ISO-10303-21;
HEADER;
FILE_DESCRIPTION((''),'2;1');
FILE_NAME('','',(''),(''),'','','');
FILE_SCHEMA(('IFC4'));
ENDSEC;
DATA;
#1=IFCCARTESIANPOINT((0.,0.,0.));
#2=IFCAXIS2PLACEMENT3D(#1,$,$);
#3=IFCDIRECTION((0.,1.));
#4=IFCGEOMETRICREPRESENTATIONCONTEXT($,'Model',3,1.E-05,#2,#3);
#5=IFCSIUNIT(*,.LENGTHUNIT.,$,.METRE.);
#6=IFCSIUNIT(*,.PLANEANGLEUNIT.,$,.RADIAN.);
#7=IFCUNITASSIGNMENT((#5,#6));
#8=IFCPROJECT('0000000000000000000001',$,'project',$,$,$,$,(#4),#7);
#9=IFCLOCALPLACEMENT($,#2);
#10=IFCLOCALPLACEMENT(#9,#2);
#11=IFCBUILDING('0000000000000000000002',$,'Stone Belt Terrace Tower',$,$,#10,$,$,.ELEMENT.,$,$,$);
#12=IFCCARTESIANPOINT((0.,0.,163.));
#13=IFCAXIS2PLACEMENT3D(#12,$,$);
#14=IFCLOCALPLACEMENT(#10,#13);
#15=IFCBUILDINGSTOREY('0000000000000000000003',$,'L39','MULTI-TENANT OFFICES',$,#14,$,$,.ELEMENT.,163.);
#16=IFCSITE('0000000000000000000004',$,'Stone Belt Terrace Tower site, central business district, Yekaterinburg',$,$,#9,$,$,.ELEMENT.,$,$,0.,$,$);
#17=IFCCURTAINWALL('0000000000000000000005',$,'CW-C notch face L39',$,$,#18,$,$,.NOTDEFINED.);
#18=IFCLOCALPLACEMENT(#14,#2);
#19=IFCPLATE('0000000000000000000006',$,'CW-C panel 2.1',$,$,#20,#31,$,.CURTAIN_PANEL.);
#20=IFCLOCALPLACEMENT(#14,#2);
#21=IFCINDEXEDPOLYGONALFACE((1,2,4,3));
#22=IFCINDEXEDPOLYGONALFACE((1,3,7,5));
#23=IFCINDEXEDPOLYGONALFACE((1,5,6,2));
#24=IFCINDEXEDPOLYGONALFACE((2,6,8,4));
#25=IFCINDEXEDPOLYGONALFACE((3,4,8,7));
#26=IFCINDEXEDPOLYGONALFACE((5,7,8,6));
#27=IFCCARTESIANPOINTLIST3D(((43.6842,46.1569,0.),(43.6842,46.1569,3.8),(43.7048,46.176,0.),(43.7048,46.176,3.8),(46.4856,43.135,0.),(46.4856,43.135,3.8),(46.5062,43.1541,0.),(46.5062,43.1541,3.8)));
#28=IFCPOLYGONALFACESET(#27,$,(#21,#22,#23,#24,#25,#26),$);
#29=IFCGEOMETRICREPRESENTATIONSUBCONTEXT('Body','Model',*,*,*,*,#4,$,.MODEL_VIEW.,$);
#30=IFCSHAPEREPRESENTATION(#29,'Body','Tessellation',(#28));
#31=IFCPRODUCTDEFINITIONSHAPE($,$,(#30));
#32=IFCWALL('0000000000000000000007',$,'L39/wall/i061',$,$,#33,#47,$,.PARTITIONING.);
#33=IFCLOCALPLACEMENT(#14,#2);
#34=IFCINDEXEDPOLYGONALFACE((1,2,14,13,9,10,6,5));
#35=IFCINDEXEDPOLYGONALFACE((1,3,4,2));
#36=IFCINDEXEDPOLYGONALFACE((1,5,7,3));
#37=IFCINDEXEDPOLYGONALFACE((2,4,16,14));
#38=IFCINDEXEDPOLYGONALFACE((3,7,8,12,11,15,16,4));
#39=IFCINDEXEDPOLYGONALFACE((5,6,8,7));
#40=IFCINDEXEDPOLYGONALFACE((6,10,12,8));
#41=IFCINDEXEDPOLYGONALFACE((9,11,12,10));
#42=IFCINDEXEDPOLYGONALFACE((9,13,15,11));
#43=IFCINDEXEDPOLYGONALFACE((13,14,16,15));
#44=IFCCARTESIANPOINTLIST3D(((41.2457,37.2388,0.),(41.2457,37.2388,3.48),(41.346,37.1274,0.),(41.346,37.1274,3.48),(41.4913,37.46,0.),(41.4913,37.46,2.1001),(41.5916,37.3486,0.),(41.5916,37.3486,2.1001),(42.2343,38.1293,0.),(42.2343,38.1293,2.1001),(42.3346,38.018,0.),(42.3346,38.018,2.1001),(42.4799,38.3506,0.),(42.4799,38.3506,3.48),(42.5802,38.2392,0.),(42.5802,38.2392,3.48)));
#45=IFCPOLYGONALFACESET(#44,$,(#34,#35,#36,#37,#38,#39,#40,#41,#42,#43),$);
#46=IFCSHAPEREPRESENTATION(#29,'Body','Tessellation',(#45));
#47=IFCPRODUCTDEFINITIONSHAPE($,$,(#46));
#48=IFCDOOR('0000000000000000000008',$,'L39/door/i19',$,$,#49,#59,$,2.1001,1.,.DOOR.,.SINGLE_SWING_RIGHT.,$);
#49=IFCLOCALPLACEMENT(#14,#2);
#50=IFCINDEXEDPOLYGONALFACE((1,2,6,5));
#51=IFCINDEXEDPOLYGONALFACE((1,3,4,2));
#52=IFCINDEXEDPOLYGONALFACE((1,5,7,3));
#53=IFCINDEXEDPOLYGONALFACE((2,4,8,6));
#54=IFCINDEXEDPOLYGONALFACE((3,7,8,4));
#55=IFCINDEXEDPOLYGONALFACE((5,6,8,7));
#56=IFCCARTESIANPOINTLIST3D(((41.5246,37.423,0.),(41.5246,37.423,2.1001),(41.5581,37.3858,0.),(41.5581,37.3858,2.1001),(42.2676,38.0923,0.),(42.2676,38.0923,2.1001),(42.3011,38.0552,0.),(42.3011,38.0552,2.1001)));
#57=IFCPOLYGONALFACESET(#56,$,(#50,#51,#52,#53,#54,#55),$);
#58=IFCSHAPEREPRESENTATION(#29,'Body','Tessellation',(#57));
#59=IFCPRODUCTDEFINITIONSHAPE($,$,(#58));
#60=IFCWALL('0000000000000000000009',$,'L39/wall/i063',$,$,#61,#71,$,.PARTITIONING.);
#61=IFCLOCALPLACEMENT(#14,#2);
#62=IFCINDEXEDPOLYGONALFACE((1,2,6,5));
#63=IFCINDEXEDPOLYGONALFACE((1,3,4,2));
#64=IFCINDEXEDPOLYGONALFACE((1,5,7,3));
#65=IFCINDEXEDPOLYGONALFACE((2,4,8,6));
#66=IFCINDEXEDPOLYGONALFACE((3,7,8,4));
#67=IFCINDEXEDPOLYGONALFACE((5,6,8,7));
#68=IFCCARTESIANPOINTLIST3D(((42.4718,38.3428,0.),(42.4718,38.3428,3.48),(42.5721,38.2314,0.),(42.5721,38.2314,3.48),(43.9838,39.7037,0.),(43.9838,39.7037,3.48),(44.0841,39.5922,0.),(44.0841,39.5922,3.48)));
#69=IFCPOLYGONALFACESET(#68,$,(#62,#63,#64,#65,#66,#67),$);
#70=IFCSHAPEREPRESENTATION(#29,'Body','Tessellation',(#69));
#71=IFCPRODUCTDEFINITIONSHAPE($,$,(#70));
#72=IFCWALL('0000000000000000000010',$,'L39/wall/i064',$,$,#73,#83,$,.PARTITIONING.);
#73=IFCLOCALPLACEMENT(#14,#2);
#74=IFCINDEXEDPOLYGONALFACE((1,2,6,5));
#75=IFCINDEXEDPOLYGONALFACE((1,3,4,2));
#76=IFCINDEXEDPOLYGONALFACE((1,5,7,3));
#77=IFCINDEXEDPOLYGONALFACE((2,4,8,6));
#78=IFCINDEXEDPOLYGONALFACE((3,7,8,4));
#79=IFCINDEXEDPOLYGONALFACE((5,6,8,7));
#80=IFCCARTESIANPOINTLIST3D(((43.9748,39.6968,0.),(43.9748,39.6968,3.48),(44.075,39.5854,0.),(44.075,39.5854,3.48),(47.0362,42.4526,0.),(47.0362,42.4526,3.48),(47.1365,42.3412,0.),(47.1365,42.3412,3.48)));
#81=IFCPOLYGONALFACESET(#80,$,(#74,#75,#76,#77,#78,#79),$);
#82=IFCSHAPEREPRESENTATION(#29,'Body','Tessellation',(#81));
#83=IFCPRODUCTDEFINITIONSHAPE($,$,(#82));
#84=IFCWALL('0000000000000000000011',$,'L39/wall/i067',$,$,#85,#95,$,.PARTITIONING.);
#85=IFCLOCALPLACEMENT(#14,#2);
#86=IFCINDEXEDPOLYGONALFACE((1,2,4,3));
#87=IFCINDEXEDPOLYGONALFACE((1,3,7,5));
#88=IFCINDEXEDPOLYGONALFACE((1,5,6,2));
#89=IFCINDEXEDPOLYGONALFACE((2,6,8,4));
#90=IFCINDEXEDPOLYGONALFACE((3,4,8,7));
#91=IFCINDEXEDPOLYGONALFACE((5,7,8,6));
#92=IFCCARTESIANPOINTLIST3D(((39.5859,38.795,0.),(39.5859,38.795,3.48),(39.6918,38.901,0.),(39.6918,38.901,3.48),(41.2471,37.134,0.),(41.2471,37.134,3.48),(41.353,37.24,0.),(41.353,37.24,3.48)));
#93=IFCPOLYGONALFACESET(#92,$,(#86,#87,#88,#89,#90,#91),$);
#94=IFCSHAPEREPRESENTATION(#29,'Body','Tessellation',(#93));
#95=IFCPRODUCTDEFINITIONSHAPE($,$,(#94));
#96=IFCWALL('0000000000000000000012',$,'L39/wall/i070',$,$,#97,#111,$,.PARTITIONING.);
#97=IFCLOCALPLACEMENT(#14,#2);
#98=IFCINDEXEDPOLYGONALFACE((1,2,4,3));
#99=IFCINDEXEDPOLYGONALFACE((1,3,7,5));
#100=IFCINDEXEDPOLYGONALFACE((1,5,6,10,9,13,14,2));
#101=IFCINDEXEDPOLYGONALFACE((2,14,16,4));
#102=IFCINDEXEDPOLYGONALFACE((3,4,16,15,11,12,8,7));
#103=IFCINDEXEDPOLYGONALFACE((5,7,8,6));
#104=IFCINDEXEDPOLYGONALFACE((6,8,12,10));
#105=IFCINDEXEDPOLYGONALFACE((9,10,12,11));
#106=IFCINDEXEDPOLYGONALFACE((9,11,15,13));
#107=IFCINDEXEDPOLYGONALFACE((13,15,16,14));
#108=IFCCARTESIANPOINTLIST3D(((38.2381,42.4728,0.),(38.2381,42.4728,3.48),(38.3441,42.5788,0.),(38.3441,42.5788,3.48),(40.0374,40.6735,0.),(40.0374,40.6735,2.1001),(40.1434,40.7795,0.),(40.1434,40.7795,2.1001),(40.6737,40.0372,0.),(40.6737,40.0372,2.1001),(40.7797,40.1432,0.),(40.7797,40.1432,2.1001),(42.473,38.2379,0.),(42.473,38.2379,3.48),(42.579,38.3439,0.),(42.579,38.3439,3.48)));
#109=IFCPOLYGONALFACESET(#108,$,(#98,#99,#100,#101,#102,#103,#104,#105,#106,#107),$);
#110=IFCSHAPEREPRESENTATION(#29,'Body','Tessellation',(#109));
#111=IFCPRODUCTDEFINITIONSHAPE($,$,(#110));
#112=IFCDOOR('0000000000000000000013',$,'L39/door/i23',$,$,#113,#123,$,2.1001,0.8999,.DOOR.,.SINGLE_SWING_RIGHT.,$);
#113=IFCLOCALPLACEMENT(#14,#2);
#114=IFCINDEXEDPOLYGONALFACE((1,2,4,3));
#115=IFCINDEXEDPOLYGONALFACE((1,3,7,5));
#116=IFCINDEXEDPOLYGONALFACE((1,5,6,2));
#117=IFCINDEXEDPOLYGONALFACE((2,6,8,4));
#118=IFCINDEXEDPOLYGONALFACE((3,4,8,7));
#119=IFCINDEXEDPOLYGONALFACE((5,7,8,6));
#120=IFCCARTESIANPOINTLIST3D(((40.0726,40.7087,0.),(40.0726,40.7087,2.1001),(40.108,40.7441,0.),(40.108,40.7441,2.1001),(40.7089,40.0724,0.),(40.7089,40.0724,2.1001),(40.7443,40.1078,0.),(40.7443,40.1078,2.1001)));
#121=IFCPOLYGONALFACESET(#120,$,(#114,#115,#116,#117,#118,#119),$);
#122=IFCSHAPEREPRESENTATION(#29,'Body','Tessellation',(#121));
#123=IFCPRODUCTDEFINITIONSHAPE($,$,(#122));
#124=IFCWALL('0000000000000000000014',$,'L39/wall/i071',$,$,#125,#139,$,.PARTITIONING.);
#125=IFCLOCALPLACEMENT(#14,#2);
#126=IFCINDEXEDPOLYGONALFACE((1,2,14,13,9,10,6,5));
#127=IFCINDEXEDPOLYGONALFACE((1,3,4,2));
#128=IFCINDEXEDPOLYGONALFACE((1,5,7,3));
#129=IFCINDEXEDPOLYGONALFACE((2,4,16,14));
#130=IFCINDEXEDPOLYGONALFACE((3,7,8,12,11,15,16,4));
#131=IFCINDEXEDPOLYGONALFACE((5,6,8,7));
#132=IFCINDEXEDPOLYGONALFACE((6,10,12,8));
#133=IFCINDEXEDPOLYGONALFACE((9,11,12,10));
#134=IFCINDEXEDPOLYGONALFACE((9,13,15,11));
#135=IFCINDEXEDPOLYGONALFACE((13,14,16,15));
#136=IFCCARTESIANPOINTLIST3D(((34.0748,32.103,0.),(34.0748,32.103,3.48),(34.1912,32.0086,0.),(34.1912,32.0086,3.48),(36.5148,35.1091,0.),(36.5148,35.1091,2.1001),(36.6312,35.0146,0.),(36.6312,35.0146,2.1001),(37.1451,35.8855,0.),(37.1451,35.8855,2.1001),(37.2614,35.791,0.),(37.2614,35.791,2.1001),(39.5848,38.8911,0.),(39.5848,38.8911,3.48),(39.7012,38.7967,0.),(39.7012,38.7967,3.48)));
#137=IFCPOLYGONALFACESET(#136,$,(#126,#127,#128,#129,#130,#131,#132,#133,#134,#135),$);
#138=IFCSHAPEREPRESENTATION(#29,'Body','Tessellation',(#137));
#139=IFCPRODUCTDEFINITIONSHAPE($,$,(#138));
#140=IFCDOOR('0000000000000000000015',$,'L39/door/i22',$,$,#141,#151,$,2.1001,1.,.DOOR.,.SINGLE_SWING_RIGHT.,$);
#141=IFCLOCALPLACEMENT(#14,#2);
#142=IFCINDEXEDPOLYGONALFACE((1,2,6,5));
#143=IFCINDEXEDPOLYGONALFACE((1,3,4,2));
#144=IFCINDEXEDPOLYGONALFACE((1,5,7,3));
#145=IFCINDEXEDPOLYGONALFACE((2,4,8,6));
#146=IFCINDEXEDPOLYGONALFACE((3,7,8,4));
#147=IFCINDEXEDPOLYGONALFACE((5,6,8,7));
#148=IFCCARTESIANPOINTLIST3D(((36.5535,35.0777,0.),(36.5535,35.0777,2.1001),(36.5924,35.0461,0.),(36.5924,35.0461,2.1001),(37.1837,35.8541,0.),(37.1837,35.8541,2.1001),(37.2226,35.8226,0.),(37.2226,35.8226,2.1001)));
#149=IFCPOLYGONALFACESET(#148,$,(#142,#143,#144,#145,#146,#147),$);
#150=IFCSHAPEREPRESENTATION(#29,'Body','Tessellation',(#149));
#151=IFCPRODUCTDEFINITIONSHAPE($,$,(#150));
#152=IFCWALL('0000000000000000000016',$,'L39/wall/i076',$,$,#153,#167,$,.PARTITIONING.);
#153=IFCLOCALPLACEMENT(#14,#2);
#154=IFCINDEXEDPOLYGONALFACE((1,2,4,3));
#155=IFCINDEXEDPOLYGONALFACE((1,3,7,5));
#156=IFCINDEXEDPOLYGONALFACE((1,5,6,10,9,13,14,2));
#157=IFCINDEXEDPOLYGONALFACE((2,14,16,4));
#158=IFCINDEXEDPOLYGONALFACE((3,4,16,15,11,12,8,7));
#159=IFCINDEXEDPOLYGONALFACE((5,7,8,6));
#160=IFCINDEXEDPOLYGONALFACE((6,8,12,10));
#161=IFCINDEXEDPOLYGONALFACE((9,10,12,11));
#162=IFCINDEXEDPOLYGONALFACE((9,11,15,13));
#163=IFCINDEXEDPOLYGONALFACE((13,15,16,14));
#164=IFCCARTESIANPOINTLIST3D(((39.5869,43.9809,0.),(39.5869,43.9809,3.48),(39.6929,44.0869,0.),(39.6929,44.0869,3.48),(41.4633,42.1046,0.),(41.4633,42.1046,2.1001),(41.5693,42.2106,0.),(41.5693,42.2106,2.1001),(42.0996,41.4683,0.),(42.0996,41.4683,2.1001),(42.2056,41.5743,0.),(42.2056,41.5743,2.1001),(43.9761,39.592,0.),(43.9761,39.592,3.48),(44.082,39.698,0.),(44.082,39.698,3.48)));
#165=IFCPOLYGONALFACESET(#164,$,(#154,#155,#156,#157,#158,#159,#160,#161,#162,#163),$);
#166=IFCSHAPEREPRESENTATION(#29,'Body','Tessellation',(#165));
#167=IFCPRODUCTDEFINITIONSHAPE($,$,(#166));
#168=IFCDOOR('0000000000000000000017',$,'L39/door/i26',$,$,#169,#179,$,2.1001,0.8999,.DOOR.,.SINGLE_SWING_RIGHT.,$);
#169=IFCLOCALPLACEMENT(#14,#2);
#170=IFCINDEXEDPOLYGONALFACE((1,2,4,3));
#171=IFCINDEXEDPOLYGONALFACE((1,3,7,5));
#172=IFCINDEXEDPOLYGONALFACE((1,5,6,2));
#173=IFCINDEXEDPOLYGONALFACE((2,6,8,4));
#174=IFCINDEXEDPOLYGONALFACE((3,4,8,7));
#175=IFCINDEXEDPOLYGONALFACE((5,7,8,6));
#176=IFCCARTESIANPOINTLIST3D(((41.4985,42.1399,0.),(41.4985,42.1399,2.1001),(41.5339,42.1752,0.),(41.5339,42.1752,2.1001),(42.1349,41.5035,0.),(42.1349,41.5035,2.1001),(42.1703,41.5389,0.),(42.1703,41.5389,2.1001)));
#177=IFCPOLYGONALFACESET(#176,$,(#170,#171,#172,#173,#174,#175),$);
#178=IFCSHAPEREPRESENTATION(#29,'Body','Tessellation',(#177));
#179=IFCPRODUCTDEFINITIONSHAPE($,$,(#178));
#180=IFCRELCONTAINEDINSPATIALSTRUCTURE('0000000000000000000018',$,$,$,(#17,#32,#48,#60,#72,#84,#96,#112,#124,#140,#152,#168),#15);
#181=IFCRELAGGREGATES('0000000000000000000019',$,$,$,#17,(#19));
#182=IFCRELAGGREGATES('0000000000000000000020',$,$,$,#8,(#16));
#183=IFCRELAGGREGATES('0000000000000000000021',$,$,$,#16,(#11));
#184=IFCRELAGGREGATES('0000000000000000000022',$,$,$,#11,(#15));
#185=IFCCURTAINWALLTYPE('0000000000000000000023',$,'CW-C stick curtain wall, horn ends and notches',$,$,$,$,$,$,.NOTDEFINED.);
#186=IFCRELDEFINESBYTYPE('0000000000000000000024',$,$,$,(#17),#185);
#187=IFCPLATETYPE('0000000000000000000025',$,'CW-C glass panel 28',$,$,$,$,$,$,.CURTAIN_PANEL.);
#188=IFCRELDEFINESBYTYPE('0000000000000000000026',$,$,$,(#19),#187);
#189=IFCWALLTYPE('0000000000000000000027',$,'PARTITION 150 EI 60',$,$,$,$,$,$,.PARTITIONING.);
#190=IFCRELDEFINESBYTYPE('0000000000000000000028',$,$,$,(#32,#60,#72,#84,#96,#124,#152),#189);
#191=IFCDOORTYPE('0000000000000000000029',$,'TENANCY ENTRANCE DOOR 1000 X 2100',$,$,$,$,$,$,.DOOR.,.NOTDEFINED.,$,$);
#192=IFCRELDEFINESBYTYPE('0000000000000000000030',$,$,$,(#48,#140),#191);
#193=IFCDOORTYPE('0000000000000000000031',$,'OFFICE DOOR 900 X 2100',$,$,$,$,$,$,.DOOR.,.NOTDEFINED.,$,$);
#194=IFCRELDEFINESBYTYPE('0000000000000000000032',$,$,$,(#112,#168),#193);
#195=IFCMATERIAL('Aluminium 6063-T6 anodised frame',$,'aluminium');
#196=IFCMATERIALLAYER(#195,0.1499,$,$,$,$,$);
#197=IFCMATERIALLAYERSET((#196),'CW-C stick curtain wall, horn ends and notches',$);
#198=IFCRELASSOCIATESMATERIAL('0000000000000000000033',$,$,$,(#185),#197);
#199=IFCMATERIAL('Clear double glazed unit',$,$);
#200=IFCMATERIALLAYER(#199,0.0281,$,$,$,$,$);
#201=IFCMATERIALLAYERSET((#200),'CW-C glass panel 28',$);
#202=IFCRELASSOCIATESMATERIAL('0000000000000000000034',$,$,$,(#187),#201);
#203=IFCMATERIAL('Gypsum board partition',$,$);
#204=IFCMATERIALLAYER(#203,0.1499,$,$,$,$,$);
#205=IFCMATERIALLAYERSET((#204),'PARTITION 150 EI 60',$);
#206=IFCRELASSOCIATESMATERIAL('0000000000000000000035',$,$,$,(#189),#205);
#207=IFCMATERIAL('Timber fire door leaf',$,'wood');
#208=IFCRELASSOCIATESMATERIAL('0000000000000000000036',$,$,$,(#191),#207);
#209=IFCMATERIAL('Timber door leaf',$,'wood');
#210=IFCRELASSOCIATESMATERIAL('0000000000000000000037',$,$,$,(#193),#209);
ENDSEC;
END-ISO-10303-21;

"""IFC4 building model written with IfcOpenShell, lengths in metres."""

from ifc_helpers import new_model, si_unit, direction, frame, frame_2d, origin, origin_2d, place, context, subcontext, project, spatial, rectangle, extrude, material, layer, layer_set, type_object, element, fill, aggregate, save


model = new_model("IFC4")

# Units and contexts
model_context = context("Model", 3, precision=1e-05, world=origin(), true_north=direction((0.0, 1.0)))
body_context = subcontext(model_context, "Body", "Model", "MODEL_VIEW")
ifc_project = project(units=[si_unit("LENGTHUNIT", "METRE"), si_unit("PLANEANGLEUNIT", "RADIAN")], contexts=[model_context])

# Site, building, storey
site_placement = place(None, origin())
site = spatial("IfcSite", under=ifc_project, at=site_placement, Name="Stone Belt Terrace Tower site, central business district, Yekaterinburg", CompositionType="ELEMENT", RefElevation=0.0)
building_placement = place(site_placement, origin())
building = spatial("IfcBuilding", under=site, at=building_placement, Name="Stone Belt Terrace Tower", CompositionType="ELEMENT")
storey_placement = place(building_placement, frame((0.0, 0.0, 163.0)))
storey = spatial("IfcBuildingStorey", under=building, at=storey_placement, Name="L39", Description="MULTI-TENANT OFFICES", CompositionType="ELEMENT", Elevation=163.0)

# Curtain wall
ifc_material_1 = material(Name="Aluminium 6063-T6 anodised frame", Category="aluminium")
ifc_layer_1 = layer(ifc_material_1, 0.1499)
ifc_layer_set_1 = layer_set([ifc_layer_1], Name="CW-C stick curtain wall, horn ends and notches")
curtain_wall_type = type_object("IfcCurtainWallType", Name="CW-C stick curtain wall, horn ends and notches", PredefinedType="NOTDEFINED", material=ifc_layer_set_1)
curtain_wall_1_placement = place(storey_placement, origin())
curtain_wall_1 = element("IfcCurtainWall", 1, at=curtain_wall_1_placement, inside=storey, type_object=curtain_wall_type, Name="CW-C notch face L39", PredefinedType="NOTDEFINED")

# Plate
ifc_material_2 = material(Name="Clear double glazed unit")
ifc_layer_2 = layer(ifc_material_2, 0.0281)
ifc_layer_set_2 = layer_set([ifc_layer_2], Name="CW-C glass panel 28")
plate_type = type_object("IfcPlateType", Name="CW-C glass panel 28", PredefinedType="CURTAIN_PANEL", material=ifc_layer_set_2)
plate_1_placement = place(storey_placement, frame((45.0952, 44.6555, 0.0), z_axis=(0.0, 0.0, 1.0), x_axis=(-0.679849, 0.733352, 0.0)))
plate_1 = element("IfcPlate", 2, at=plate_1_placement, type_object=plate_type, Name="CW-C panel 2.1", PredefinedType="CURTAIN_PANEL", context=body_context, shape_type="SweptSolid", body=[
    extrude(rectangle(XDim=4.1206, YDim=0.0281, at=origin_2d()), origin(), (0.0, 0.0, 1.0), 3.8),
])
aggregate(curtain_wall_1, [plate_1])

# Wall, opening, door
ifc_material_3 = material(Name="Gypsum board partition")
ifc_layer_3 = layer(ifc_material_3, 0.1499)
ifc_layer_set_3 = layer_set([ifc_layer_3], Name="PARTITION 150 EI 60")
wall_type = type_object("IfcWallType", Name="PARTITION 150 EI 60", PredefinedType="PARTITIONING", material=ifc_layer_set_3)
wall_1_placement = place(storey_placement, frame((42.53, 38.2949, 0.0), z_axis=(0.0, 0.0, 1.0), x_axis=(-0.742965, -0.66933, 0.0)))
wall_1 = element("IfcWall", 3, at=wall_1_placement, inside=storey, type_object=wall_type, Name="L39/wall/i061", PredefinedType="PARTITIONING", context=body_context, shape_type="SweptSolid", body=[
    extrude(rectangle(XDim=1.6611, YDim=0.1499, at=frame_2d((0.8306, 0.0))), origin(), (0.0, 0.0, 1.0), 3.48),
])
opening_1_placement = place(wall_1_placement, frame((0.3306, 0.0, 0.0)))
opening_1 = element("IfcOpeningElement", 4, at=opening_1_placement, cuts=wall_1, PredefinedType="OPENING", context=body_context, shape_type="SweptSolid", body=[
    extrude(rectangle(XDim=1.0, YDim=2.1001, at=frame_2d((0.5, 1.05))), frame((0.0, 0.085, 0.0), z_axis=(0.0, -1.0, 0.0), x_axis=(1.0, 0.0, 0.0)), (0.0, 0.0, 1.0), 0.1699),
])
ifc_material_4 = material(Name="Timber fire door leaf", Category="wood")
door_type_1 = type_object("IfcDoorType", Name="TENANCY ENTRANCE DOOR 1000 X 2100", OperationType="NOTDEFINED", PredefinedType="DOOR", material=ifc_material_4)
door_1_placement = place(opening_1_placement, origin())
door_1 = element("IfcDoor", 5, at=door_1_placement, inside=storey, type_object=door_type_1, Name="L39/door/i19", OperationType="SINGLE_SWING_RIGHT", OverallHeight=2.1001, OverallWidth=1.0, PredefinedType="DOOR", context=body_context, shape_type="SweptSolid", body=[
    extrude(rectangle(XDim=1.0, YDim=2.1001, at=frame_2d((0.5, 1.05))), frame((0.0, 0.0249, 0.0), z_axis=(0.0, -1.0, 0.0), x_axis=(1.0, 0.0, 0.0)), (0.0, 0.0, 1.0), 0.05),
])
fill(opening_1, door_1)

# Walls
wall_2_placement = place(storey_placement, frame((42.522, 38.2871, 0.0), z_axis=(0.0, 0.0, 1.0), x_axis=(0.743276, 0.668985, 0.0)))
element("IfcWall", 6, at=wall_2_placement, inside=storey, type_object=wall_type, Name="L39/wall/i063", PredefinedType="PARTITIONING", context=body_context, shape_type="SweptSolid", body=[
    extrude(rectangle(XDim=2.0342, YDim=0.1499, at=frame_2d((1.0171, 0.0))), origin(), (0.0, 0.0, 1.0), 3.48),
])
wall_3_placement = place(storey_placement, frame((44.0249, 39.6411, 0.0), z_axis=(0.0, 0.0, 1.0), x_axis=(0.743235, 0.66903, 0.0)))
element("IfcWall", 7, at=wall_3_placement, inside=storey, type_object=wall_type, Name="L39/wall/i064", PredefinedType="PARTITIONING", context=body_context, shape_type="SweptSolid", body=[
    extrude(rectangle(XDim=4.1191, YDim=0.1499, at=frame_2d((2.0596, 0.0))), origin(), (0.0, 0.0, 1.0), 3.48),
])
wall_4_placement = place(storey_placement, frame((41.3, 37.187, 0.0), z_axis=(0.0, 0.0, 1.0), x_axis=(-0.707159, 0.707055, 0.0)))
element("IfcWall", 8, at=wall_4_placement, inside=storey, type_object=wall_type, Name="L39/wall/i067", PredefinedType="PARTITIONING", context=body_context, shape_type="SweptSolid", body=[
    extrude(rectangle(XDim=2.3491, YDim=0.1499, at=frame_2d((1.1746, 0.0))), origin(), (0.0, 0.0, 1.0), 3.48),
])

# Walls, openings, doors
wall_5_placement = place(storey_placement, frame((38.291, 42.5259, 0.0), z_axis=(0.0, 0.0, 1.0), x_axis=(0.707107, -0.707107, 0.0)))
wall_5 = element("IfcWall", 9, at=wall_5_placement, inside=storey, type_object=wall_type, Name="L39/wall/i070", PredefinedType="PARTITIONING", context=body_context, shape_type="SweptSolid", body=[
    extrude(rectangle(XDim=5.989, YDim=0.1499, at=frame_2d((2.9946, 0.0))), origin(), (0.0, 0.0, 1.0), 3.48),
])
opening_2_placement = place(wall_5_placement, frame((2.5447, 0.0, 0.0)))
opening_2 = element("IfcOpeningElement", 10, at=opening_2_placement, cuts=wall_5, PredefinedType="OPENING", context=body_context, shape_type="SweptSolid", body=[
    extrude(rectangle(XDim=0.8999, YDim=2.1001, at=frame_2d((0.45, 1.05))), frame((0.0, 0.085, 0.0), z_axis=(0.0, -1.0, 0.0), x_axis=(1.0, 0.0, 0.0)), (0.0, 0.0, 1.0), 0.1699),
])
ifc_material_5 = material(Name="Timber door leaf", Category="wood")
door_type_2 = type_object("IfcDoorType", Name="OFFICE DOOR 900 X 2100", OperationType="NOTDEFINED", PredefinedType="DOOR", material=ifc_material_5)
door_2_placement = place(opening_2_placement, origin())
door_2 = element("IfcDoor", 11, at=door_2_placement, inside=storey, type_object=door_type_2, Name="L39/door/i23", OperationType="SINGLE_SWING_RIGHT", OverallHeight=2.1001, OverallWidth=0.8999, PredefinedType="DOOR", context=body_context, shape_type="SweptSolid", body=[
    extrude(rectangle(XDim=0.8999, YDim=2.1001, at=frame_2d((0.45, 1.05))), frame((0.0, 0.0249, 0.0), z_axis=(0.0, -1.0, 0.0), x_axis=(1.0, 0.0, 0.0)), (0.0, 0.0, 1.0), 0.05),
])
fill(opening_2, door_2)
wall_6_placement = place(storey_placement, frame((39.6431, 38.844, 0.0), z_axis=(0.0, 0.0, 1.0), x_axis=(-0.630227, -0.776411, 0.0)))
wall_6 = element("IfcWall", 12, at=wall_6_placement, inside=storey, type_object=wall_type, Name="L39/wall/i071", PredefinedType="PARTITIONING", context=body_context, shape_type="SweptSolid", body=[
    extrude(rectangle(XDim=8.7429, YDim=0.1499, at=frame_2d((4.3716, 0.0))), origin(), (0.0, 0.0, 1.0), 3.48),
])
opening_3_placement = place(wall_6_placement, frame((3.8713, 0.0, 0.0)))
opening_3 = element("IfcOpeningElement", 13, at=opening_3_placement, cuts=wall_6, PredefinedType="OPENING", context=body_context, shape_type="SweptSolid", body=[
    extrude(rectangle(XDim=1.0, YDim=2.1001, at=frame_2d((0.5, 1.05))), frame((0.0, 0.085, 0.0), z_axis=(0.0, -1.0, 0.0), x_axis=(1.0, 0.0, 0.0)), (0.0, 0.0, 1.0), 0.1699),
])
door_3_placement = place(opening_3_placement, origin())
door_3 = element("IfcDoor", 14, at=door_3_placement, inside=storey, type_object=door_type_1, Name="L39/door/i22", OperationType="SINGLE_SWING_RIGHT", OverallHeight=2.1001, OverallWidth=1.0, PredefinedType="DOOR", context=body_context, shape_type="SweptSolid", body=[
    extrude(rectangle(XDim=1.0, YDim=2.1001, at=frame_2d((0.5, 1.05))), frame((0.0, 0.0249, 0.0), z_axis=(0.0, -1.0, 0.0), x_axis=(1.0, 0.0, 0.0)), (0.0, 0.0, 1.0), 0.05),
])
fill(opening_3, door_3)
wall_7_placement = place(storey_placement, frame((39.6399, 44.0339, 0.0), z_axis=(0.0, 0.0, 1.0), x_axis=(0.707126, -0.707087, 0.0)))
wall_7 = element("IfcWall", 15, at=wall_7_placement, inside=storey, type_object=wall_type, Name="L39/wall/i076", PredefinedType="PARTITIONING", context=body_context, shape_type="SweptSolid", body=[
    extrude(rectangle(XDim=6.207, YDim=0.1499, at=frame_2d((3.1035, 0.0))), origin(), (0.0, 0.0, 1.0), 3.48),
])
opening_4_placement = place(wall_7_placement, frame((2.6536, 0.0, 0.0)))
opening_4 = element("IfcOpeningElement", 16, at=opening_4_placement, cuts=wall_7, PredefinedType="OPENING", context=body_context, shape_type="SweptSolid", body=[
    extrude(rectangle(XDim=0.8999, YDim=2.1001, at=frame_2d((0.45, 1.05))), frame((0.0, 0.085, 0.0), z_axis=(0.0, -1.0, 0.0), x_axis=(1.0, 0.0, 0.0)), (0.0, 0.0, 1.0), 0.1699),
])
door_4_placement = place(opening_4_placement, origin())
door_4 = element("IfcDoor", 17, at=door_4_placement, inside=storey, type_object=door_type_2, Name="L39/door/i26", OperationType="SINGLE_SWING_RIGHT", OverallHeight=2.1001, OverallWidth=0.8999, PredefinedType="DOOR", context=body_context, shape_type="SweptSolid", body=[
    extrude(rectangle(XDim=0.8999, YDim=2.1001, at=frame_2d((0.45, 1.05))), frame((0.0, 0.0249, 0.0), z_axis=(0.0, -1.0, 0.0), x_axis=(1.0, 0.0, 0.0)), (0.0, 0.0, 1.0), 0.05),
])
fill(opening_4, door_4)

save(model, "model.ifc")
